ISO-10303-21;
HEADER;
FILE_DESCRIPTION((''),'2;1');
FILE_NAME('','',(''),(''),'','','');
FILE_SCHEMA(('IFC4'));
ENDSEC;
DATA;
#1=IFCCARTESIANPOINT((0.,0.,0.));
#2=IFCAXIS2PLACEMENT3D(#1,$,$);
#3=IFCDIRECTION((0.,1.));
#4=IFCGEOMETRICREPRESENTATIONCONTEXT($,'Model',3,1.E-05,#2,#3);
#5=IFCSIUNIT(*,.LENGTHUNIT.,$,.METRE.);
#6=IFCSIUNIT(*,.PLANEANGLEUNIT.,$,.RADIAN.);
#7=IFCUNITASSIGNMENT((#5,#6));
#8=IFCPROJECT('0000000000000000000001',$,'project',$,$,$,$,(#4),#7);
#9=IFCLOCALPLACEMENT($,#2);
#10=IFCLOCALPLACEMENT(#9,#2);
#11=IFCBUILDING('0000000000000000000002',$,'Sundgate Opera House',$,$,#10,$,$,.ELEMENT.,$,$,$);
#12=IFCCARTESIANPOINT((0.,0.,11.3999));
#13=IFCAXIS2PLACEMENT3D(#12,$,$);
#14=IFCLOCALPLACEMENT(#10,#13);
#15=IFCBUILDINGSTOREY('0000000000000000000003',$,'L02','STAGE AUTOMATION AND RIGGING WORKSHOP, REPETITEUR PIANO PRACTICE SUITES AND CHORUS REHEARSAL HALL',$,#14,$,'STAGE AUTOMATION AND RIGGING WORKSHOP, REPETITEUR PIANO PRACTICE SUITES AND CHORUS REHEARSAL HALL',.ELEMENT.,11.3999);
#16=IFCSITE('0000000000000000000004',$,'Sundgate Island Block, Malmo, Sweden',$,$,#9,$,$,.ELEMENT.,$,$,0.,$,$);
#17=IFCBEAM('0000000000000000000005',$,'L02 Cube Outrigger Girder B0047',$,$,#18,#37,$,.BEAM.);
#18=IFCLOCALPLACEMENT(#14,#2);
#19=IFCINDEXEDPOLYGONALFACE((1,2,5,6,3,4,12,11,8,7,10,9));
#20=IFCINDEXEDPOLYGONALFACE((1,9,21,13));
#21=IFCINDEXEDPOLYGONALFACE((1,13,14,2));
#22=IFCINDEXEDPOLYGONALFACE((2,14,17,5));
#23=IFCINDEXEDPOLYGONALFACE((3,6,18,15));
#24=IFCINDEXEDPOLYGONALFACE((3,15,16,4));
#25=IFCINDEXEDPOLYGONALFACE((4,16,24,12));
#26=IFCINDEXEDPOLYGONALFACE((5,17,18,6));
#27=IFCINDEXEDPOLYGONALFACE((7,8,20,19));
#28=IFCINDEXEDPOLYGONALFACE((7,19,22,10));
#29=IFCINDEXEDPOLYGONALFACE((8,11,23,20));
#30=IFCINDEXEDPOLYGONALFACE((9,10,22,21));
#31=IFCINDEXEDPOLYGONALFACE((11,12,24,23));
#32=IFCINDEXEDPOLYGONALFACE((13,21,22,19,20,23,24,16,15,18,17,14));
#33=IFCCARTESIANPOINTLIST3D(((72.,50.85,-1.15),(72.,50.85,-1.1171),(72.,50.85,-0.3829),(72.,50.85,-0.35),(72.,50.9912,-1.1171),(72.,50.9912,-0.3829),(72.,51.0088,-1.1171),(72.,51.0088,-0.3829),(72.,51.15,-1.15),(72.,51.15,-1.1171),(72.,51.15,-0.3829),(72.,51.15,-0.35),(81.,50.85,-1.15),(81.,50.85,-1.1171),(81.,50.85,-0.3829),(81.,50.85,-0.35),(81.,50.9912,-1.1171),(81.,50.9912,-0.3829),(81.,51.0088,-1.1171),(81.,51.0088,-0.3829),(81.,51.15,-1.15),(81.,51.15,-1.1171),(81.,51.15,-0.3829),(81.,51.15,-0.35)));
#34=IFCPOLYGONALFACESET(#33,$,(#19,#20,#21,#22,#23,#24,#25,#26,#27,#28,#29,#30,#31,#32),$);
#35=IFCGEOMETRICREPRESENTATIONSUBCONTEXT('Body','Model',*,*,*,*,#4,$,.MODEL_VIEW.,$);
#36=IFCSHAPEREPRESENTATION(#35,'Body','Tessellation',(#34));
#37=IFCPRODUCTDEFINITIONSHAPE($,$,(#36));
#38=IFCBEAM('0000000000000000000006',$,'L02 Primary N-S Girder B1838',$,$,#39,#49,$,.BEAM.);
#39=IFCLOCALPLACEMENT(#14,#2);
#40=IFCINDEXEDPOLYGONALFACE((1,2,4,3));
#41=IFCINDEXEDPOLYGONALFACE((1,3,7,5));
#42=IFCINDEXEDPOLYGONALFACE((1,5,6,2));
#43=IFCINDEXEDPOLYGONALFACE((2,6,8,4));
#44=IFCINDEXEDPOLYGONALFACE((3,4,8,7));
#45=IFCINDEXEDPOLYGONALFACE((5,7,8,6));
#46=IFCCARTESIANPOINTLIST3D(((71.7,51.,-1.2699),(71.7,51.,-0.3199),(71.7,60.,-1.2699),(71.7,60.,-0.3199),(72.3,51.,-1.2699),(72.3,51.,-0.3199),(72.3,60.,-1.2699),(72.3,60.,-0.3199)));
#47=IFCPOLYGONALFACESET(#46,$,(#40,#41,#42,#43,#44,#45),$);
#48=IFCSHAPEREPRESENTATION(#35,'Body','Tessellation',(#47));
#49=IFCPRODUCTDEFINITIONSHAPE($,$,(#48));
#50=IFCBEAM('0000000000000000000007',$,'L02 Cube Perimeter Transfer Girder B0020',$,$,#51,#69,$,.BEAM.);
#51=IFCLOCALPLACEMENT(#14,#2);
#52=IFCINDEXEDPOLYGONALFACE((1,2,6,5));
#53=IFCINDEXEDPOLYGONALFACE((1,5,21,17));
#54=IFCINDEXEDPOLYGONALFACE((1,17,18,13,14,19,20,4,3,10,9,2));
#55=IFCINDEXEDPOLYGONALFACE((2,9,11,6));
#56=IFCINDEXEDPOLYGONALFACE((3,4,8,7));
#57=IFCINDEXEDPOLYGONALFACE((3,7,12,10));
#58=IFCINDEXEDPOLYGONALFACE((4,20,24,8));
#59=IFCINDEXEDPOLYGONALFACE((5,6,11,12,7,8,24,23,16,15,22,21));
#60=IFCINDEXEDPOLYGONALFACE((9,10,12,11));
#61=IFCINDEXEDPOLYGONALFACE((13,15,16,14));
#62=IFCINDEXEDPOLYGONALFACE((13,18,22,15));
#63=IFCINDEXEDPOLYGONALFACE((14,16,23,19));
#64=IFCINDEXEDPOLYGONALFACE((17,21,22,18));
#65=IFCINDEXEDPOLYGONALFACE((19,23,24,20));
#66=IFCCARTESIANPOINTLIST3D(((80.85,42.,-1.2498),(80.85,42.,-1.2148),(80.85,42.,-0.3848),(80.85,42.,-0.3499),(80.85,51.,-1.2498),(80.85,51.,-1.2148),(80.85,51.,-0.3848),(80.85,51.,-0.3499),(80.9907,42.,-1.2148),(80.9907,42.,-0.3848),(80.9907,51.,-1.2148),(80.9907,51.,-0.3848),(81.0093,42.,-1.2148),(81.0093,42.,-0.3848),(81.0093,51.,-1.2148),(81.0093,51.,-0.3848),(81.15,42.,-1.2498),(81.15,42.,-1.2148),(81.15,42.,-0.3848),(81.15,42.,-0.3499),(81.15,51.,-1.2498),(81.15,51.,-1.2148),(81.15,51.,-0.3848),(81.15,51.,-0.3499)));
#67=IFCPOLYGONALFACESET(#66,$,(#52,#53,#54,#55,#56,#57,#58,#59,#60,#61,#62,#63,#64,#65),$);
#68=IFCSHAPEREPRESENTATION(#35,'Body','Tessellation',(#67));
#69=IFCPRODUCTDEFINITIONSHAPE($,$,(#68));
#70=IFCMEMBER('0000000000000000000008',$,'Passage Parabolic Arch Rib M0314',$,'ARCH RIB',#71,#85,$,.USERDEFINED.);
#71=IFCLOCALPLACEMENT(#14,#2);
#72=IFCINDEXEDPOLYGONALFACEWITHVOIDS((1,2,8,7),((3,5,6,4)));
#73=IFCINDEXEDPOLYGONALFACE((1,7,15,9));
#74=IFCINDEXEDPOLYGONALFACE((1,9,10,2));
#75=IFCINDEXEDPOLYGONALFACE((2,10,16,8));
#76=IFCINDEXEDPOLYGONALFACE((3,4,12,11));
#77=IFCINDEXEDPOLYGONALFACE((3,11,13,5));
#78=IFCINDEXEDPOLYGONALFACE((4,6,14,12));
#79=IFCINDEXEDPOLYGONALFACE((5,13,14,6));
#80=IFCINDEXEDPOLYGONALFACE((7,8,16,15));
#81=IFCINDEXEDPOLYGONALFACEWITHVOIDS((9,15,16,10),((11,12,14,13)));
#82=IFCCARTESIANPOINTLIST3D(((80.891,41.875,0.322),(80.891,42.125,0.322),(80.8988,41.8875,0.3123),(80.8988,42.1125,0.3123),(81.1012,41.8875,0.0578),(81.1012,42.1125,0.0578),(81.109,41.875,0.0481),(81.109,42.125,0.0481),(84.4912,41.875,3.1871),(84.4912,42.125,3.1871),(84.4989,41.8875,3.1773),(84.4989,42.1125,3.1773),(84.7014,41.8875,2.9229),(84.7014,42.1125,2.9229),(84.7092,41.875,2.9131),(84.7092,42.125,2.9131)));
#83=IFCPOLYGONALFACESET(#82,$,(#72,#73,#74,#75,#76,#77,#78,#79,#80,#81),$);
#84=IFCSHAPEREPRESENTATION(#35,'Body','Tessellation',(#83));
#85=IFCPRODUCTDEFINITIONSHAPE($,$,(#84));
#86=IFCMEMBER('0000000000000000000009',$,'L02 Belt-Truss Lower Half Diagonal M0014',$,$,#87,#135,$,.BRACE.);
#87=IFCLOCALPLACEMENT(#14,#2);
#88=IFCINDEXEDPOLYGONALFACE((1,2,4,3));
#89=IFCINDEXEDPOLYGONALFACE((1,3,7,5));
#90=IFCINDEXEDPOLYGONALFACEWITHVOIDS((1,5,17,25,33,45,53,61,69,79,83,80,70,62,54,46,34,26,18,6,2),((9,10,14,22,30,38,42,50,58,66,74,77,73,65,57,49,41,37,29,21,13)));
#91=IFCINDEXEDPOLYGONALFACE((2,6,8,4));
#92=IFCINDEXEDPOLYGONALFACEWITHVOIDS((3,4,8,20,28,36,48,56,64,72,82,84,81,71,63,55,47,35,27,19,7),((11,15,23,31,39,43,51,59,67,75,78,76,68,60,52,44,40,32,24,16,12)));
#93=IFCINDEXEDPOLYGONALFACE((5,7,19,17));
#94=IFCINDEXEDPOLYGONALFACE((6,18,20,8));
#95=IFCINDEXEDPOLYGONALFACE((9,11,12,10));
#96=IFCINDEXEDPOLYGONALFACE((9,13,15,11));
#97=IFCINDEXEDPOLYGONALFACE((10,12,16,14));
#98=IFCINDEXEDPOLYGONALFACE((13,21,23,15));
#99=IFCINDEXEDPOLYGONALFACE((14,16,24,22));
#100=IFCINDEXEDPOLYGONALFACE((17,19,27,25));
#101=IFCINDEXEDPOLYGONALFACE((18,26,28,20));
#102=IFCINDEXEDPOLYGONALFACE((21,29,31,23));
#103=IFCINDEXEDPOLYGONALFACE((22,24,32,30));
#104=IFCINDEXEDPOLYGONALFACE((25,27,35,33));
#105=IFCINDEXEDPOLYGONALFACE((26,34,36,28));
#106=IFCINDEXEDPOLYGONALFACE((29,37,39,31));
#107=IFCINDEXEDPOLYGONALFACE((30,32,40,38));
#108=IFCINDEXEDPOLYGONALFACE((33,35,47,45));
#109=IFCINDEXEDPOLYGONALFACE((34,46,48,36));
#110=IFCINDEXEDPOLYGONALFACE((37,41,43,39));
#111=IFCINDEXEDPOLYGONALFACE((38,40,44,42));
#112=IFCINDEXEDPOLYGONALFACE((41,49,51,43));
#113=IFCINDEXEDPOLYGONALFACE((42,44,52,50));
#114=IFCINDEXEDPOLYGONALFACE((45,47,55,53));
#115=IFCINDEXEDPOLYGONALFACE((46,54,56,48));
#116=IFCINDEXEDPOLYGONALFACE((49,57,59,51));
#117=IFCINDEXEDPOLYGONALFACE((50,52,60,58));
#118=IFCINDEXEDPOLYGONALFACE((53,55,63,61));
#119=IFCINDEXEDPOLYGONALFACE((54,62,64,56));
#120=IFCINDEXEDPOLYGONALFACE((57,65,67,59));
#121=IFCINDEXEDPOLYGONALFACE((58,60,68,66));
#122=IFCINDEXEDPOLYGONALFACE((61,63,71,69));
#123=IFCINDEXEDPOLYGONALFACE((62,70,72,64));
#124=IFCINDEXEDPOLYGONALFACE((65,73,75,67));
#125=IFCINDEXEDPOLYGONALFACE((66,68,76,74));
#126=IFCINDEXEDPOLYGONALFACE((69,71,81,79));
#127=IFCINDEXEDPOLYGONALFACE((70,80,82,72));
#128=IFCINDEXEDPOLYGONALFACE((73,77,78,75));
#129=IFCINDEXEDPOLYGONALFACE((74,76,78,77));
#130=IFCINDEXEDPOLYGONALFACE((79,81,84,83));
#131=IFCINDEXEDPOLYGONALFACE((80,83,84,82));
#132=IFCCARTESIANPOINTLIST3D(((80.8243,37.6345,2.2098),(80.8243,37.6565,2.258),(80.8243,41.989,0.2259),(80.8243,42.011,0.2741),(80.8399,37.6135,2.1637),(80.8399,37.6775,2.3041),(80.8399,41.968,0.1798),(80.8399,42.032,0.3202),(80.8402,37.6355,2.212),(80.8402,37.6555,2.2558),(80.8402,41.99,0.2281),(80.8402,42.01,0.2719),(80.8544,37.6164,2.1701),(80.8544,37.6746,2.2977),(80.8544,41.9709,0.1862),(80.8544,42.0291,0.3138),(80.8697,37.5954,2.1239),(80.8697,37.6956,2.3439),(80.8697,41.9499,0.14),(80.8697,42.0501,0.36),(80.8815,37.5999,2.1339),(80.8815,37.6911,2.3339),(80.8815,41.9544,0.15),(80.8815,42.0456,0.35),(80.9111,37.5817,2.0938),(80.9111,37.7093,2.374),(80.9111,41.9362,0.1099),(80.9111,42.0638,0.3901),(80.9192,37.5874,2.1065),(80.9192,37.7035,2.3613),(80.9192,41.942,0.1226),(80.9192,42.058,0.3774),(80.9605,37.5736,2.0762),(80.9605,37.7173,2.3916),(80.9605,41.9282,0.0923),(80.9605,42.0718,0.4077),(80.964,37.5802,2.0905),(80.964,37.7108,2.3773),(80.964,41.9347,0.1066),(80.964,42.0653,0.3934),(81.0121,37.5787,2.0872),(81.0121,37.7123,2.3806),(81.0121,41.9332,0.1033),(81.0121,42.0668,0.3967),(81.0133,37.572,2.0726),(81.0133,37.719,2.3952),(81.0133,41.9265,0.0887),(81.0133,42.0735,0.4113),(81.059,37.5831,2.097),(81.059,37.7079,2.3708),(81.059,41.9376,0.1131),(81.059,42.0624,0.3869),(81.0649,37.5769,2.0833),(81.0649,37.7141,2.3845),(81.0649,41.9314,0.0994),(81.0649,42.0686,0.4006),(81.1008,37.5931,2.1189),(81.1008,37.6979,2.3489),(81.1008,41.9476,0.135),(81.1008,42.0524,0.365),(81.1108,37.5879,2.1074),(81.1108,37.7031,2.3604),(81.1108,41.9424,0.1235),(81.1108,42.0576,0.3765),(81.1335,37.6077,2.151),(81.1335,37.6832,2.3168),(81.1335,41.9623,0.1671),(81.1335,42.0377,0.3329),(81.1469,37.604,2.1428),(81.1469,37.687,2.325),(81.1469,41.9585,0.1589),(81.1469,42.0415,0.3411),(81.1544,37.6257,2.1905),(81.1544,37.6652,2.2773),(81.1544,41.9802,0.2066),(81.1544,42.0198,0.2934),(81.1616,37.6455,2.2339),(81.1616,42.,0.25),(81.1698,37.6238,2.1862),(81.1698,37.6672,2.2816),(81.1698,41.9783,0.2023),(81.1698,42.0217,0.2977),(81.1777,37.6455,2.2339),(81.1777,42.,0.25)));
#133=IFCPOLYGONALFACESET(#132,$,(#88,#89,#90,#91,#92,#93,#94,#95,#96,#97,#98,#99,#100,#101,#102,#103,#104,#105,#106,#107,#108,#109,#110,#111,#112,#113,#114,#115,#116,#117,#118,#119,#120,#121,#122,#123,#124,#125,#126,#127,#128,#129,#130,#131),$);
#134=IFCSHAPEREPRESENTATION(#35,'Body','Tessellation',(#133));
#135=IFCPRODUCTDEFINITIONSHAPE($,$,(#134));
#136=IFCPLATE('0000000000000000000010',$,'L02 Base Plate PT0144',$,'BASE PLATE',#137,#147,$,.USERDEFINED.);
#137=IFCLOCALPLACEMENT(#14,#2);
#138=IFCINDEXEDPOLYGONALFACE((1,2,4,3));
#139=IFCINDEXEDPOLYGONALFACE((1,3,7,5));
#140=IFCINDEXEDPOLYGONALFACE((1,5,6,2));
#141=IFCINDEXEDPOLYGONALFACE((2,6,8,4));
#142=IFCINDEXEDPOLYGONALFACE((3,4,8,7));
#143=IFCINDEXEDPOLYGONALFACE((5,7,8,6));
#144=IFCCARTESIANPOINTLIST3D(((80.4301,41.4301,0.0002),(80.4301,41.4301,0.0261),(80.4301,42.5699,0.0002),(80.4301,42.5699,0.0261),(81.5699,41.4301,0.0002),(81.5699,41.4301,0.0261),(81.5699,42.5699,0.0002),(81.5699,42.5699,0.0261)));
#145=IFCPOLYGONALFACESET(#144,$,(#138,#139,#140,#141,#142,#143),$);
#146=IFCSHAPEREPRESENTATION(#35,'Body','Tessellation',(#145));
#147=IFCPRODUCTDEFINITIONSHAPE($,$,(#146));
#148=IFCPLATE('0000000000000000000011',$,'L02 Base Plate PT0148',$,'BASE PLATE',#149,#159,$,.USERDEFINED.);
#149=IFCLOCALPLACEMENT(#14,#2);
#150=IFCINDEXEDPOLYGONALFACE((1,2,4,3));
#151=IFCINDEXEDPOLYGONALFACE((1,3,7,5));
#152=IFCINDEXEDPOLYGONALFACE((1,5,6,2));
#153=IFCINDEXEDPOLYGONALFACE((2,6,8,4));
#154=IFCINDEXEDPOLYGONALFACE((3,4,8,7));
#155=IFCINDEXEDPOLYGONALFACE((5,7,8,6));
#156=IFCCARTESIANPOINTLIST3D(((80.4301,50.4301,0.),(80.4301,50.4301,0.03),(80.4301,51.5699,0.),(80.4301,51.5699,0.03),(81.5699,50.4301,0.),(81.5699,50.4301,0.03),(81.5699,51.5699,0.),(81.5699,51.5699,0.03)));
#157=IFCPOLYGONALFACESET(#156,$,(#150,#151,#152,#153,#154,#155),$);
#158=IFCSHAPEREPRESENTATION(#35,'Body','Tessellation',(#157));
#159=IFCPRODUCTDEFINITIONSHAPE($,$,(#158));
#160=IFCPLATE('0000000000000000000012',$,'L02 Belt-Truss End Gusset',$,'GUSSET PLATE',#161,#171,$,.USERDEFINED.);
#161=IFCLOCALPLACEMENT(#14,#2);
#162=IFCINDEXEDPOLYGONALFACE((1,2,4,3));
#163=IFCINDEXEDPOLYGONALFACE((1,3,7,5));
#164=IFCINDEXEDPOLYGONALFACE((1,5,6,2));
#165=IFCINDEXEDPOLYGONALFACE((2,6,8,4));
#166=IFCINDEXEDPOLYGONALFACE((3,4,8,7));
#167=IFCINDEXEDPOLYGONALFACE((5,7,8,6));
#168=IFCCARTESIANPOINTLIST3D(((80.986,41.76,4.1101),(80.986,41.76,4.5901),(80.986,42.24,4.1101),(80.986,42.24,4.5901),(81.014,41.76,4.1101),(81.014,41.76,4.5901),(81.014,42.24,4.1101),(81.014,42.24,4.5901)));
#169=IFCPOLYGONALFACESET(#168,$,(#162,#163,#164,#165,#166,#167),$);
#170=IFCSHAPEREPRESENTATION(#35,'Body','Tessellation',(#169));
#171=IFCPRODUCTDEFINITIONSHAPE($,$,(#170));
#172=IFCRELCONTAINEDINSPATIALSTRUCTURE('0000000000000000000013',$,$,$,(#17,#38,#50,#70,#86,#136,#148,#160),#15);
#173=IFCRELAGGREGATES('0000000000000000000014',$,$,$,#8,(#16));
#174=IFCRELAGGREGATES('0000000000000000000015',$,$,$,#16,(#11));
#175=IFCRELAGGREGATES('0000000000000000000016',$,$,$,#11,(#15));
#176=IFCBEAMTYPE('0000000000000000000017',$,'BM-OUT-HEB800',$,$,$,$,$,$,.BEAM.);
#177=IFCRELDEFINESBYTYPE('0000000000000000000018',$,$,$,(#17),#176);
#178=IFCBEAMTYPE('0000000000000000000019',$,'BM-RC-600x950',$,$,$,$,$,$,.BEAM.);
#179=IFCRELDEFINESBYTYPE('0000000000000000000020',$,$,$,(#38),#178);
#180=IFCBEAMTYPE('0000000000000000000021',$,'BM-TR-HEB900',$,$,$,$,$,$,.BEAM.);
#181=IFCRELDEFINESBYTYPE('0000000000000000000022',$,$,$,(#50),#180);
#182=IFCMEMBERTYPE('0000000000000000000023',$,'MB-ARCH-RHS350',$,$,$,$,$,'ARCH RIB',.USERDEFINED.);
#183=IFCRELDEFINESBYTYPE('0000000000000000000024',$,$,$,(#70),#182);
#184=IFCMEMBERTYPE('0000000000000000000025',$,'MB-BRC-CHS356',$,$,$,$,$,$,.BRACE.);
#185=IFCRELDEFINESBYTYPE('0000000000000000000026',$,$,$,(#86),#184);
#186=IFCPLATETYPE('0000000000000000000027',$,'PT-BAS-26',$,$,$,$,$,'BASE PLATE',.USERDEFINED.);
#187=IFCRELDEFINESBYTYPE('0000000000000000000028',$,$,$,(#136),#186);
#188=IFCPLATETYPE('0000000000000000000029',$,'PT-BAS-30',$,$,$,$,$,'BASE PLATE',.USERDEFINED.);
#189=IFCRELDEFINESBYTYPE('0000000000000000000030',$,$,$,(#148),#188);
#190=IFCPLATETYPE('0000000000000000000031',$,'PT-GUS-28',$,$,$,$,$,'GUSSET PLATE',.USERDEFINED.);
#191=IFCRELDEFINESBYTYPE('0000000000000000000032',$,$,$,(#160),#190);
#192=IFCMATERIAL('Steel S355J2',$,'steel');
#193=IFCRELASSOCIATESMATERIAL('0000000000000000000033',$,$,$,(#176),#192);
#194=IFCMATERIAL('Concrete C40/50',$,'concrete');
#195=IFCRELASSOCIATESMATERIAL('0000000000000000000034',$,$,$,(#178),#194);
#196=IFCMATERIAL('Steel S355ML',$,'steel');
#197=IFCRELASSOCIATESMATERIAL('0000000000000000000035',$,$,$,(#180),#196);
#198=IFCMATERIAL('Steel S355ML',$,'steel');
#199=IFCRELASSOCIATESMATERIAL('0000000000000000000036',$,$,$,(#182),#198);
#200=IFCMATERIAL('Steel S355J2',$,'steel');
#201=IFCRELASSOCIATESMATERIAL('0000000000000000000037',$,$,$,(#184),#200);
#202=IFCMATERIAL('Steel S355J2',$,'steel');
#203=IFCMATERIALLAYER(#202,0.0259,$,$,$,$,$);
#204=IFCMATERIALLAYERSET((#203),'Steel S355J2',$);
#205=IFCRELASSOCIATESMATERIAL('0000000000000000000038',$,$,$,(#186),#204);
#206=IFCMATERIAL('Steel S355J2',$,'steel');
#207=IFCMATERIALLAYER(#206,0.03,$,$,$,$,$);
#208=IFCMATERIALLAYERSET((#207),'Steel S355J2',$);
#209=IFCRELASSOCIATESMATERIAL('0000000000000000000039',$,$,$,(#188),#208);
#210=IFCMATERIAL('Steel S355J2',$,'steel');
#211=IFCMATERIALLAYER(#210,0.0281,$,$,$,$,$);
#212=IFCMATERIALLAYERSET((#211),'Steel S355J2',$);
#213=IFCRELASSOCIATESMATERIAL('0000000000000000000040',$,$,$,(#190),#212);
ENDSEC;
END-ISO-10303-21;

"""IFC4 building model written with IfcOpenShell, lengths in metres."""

from ifc_helpers import new_model, si_unit, direction, frame, origin, origin_2d, place, context, subcontext, project, spatial, rectangle, hollow_rectangle, hollow_circle, i_section, extrude, material, layer, layer_set, material_profile, profile_set, type_object, element, save


model = new_model("IFC4")

# Units and contexts
model_context = context("Model", 3, precision=1e-05, world=origin(), true_north=direction((0.0, 1.0)))
body_context = subcontext(model_context, "Body", "Model", "MODEL_VIEW")
ifc_project = project(units=[si_unit("LENGTHUNIT", "METRE"), si_unit("PLANEANGLEUNIT", "RADIAN")], contexts=[model_context])

# Site, building, storey
site_placement = place(None, origin())
site = spatial("IfcSite", under=ifc_project, at=site_placement, Name="Sundgate Island Block, Malmo, Sweden", CompositionType="ELEMENT", RefElevation=0.0)
building_placement = place(site_placement, origin())
building = spatial("IfcBuilding", under=site, at=building_placement, Name="Sundgate Opera House", CompositionType="ELEMENT")
storey_placement = place(building_placement, frame((0.0, 0.0, 11.3999)))
storey = spatial("IfcBuildingStorey", under=building, at=storey_placement, Name="L02", Description="STAGE AUTOMATION AND RIGGING WORKSHOP, REPETITEUR PIANO PRACTICE SUITES AND CHORUS REHEARSAL HALL", LongName="STAGE AUTOMATION AND RIGGING WORKSHOP, REPETITEUR PIANO PRACTICE SUITES AND CHORUS REHEARSAL HALL", CompositionType="ELEMENT", Elevation=11.3999)

# Beams
ifc_material_1 = material(Name="Steel S355J2", Category="steel")
ifc_material_profile_1 = material_profile(ifc_material_1, i_section(OverallWidth=0.3, OverallDepth=0.8, WebThickness=0.0176, FlangeThickness=0.033, at=origin_2d()), Name="HEB 800")
ifc_profile_set_1 = profile_set([ifc_material_profile_1], Name="Steel S355J2")
beam_type_1 = type_object("IfcBeamType", Name="BM-OUT-HEB800", PredefinedType="BEAM", material=ifc_profile_set_1)
for number, where, z_axis, x_axis, name in (
    (1, (72.0, 51.0, -0.75), (1.0, 0.0, 0.0), (0.0, 1.0, 0.0), "L02 Cube Outrigger Girder B0047"),
):
    element("IfcBeam", number, at=place(storey_placement, frame(where, z_axis=z_axis, x_axis=x_axis)), inside=storey, type_object=beam_type_1, Name=name, PredefinedType="BEAM", context=body_context, shape_type="SweptSolid", body=[
        extrude(i_section(OverallWidth=0.3, OverallDepth=0.8, WebThickness=0.0176, FlangeThickness=0.033, at=origin_2d()), origin(), (0.0, 0.0, 1.0), 9.0),
    ])
ifc_material_2 = material(Name="Concrete C40/50", Category="concrete")
ifc_material_profile_2 = material_profile(ifc_material_2, rectangle(XDim=0.6001, YDim=0.95, at=origin_2d()), Name="RC 600x950")
ifc_profile_set_2 = profile_set([ifc_material_profile_2], Name="Concrete C40/50")
beam_type_2 = type_object("IfcBeamType", Name="BM-RC-600x950", PredefinedType="BEAM", material=ifc_profile_set_2)
beam_1_placement = place(storey_placement, frame((72.0, 51.0, -0.7949), z_axis=(0.0, 1.0, 0.0), x_axis=(-1.0, 0.0, 0.0)))
element("IfcBeam", 2, at=beam_1_placement, inside=storey, type_object=beam_type_2, Name="L02 Primary N-S Girder B1838", PredefinedType="BEAM", context=body_context, shape_type="SweptSolid", body=[
    extrude(rectangle(XDim=0.6001, YDim=0.95, at=origin_2d()), origin(), (0.0, 0.0, 1.0), 9.0),
])
ifc_material_3 = material(Name="Steel S355ML", Category="steel")
ifc_material_profile_3 = material_profile(ifc_material_3, i_section(OverallWidth=0.3, OverallDepth=0.8999, WebThickness=0.0186, FlangeThickness=0.0349, at=origin_2d()), Name="HEB 900")
ifc_profile_set_3 = profile_set([ifc_material_profile_3], Name="Steel S355ML")
beam_type_3 = type_object("IfcBeamType", Name="BM-TR-HEB900", PredefinedType="BEAM", material=ifc_profile_set_3)
beam_2_placement = place(storey_placement, frame((81.0, 42.0, -0.7998), z_axis=(0.0, 1.0, 0.0), x_axis=(-1.0, 0.0, 0.0)))
element("IfcBeam", 3, at=beam_2_placement, inside=storey, type_object=beam_type_3, Name="L02 Cube Perimeter Transfer Girder B0020", PredefinedType="BEAM", context=body_context, shape_type="SweptSolid", body=[
    extrude(i_section(OverallWidth=0.3, OverallDepth=0.8999, WebThickness=0.0186, FlangeThickness=0.0349, at=origin_2d()), origin(), (0.0, 0.0, 1.0), 9.0),
])

# Members
ifc_material_4 = material(Name="Steel S355ML", Category="steel")
ifc_material_profile_4 = material_profile(ifc_material_4, hollow_rectangle(XDim=0.25, YDim=0.3501, WallThickness=0.0125, at=origin_2d()), Name="RHS 350x250x12.5")
ifc_profile_set_4 = profile_set([ifc_material_profile_4], Name="Steel S355ML")
member_type_1 = type_object("IfcMemberType", Name="MB-ARCH-RHS350", ElementType="ARCH RIB", PredefinedType="USERDEFINED", material=ifc_profile_set_4)
member_1_placement = place(storey_placement, frame((81.0, 42.0, 0.1851), z_axis=(0.782466, 0.0, 0.622693), x_axis=(0.0, 1.0, 0.0)))
element("IfcMember", 4, at=member_1_placement, inside=storey, type_object=member_type_1, Name="Passage Parabolic Arch Rib M0314", ObjectType="ARCH RIB", PredefinedType="USERDEFINED", context=body_context, shape_type="SweptSolid", body=[
    extrude(hollow_rectangle(XDim=0.25, YDim=0.3501, WallThickness=0.0125, at=origin_2d()), origin(), (0.0, 0.0, 1.0), 4.6011),
])
ifc_material_5 = material(Name="Steel S355J2", Category="steel")
ifc_material_profile_5 = material_profile(ifc_material_5, hollow_circle(Radius=0.1777, WallThickness=0.0161, at=origin_2d()), Name="CHS 355.6x16.0")
ifc_profile_set_5 = profile_set([ifc_material_profile_5], Name="Steel S355J2")
member_type_2 = type_object("IfcMemberType", Name="MB-BRC-CHS356", PredefinedType="BRACE", material=ifc_profile_set_5)
member_2_placement = place(storey_placement, frame((81.0, 42.0, 0.25), z_axis=(0.0, -0.910006, 0.414595), x_axis=(1.0, 0.0, 0.0)))
element("IfcMember", 5, at=member_2_placement, inside=storey, type_object=member_type_2, Name="L02 Belt-Truss Lower Half Diagonal M0014", PredefinedType="BRACE", context=body_context, shape_type="SweptSolid", body=[
    extrude(hollow_circle(Radius=0.1777, WallThickness=0.0161, at=origin_2d()), origin(), (0.0, 0.0, 1.0), 4.7852),
])

# Plates
ifc_material_6 = material(Name="Steel S355J2", Category="steel")
ifc_layer_1 = layer(ifc_material_6, 0.0259)
ifc_layer_set_1 = layer_set([ifc_layer_1], Name="Steel S355J2")
plate_type_1 = type_object("IfcPlateType", Name="PT-BAS-26", ElementType="BASE PLATE", PredefinedType="USERDEFINED", material=ifc_layer_set_1)
plate_1_placement = place(storey_placement, frame((81.0, 42.0, 0.0002), z_axis=(0.0, 0.0, 1.0), x_axis=(1.0, 0.0, 0.0)))
element("IfcPlate", 6, at=plate_1_placement, inside=storey, type_object=plate_type_1, Name="L02 Base Plate PT0144", ObjectType="BASE PLATE", PredefinedType="USERDEFINED", context=body_context, shape_type="SweptSolid", body=[
    extrude(rectangle(XDim=1.1399, YDim=1.1399, at=origin_2d()), origin(), (0.0, 0.0, 1.0), 0.0259),
])
ifc_material_7 = material(Name="Steel S355J2", Category="steel")
ifc_layer_2 = layer(ifc_material_7, 0.03)
ifc_layer_set_2 = layer_set([ifc_layer_2], Name="Steel S355J2")
plate_type_2 = type_object("IfcPlateType", Name="PT-BAS-30", ElementType="BASE PLATE", PredefinedType="USERDEFINED", material=ifc_layer_set_2)
plate_2_placement = place(storey_placement, frame((81.0, 51.0, 0.0), z_axis=(0.0, 0.0, 1.0), x_axis=(1.0, 0.0, 0.0)))
element("IfcPlate", 7, at=plate_2_placement, inside=storey, type_object=plate_type_2, Name="L02 Base Plate PT0148", ObjectType="BASE PLATE", PredefinedType="USERDEFINED", context=body_context, shape_type="SweptSolid", body=[
    extrude(rectangle(XDim=1.1399, YDim=1.1399, at=origin_2d()), origin(), (0.0, 0.0, 1.0), 0.03),
])
ifc_material_8 = material(Name="Steel S355J2", Category="steel")
ifc_layer_3 = layer(ifc_material_8, 0.0281)
ifc_layer_set_3 = layer_set([ifc_layer_3], Name="Steel S355J2")
plate_type_3 = type_object("IfcPlateType", Name="PT-GUS-28", ElementType="GUSSET PLATE", PredefinedType="USERDEFINED", material=ifc_layer_set_3)
for number, where, z_axis, x_axis, name in (
    (8, (81.0, 42.0, 4.1101), (0.0, 0.0, 1.0), (1.0, 0.0, 0.0), "L02 Belt-Truss End Gusset"),
):
    element("IfcPlate", number, at=place(storey_placement, frame(where, z_axis=z_axis, x_axis=x_axis)), inside=storey, type_object=plate_type_3, Name=name, ObjectType="GUSSET PLATE", PredefinedType="USERDEFINED", context=body_context, shape_type="SweptSolid", body=[
        extrude(rectangle(XDim=0.0281, YDim=0.48, at=origin_2d()), origin(), (0.0, 0.0, 1.0), 0.48),
    ])

save(model, "model.ifc")
